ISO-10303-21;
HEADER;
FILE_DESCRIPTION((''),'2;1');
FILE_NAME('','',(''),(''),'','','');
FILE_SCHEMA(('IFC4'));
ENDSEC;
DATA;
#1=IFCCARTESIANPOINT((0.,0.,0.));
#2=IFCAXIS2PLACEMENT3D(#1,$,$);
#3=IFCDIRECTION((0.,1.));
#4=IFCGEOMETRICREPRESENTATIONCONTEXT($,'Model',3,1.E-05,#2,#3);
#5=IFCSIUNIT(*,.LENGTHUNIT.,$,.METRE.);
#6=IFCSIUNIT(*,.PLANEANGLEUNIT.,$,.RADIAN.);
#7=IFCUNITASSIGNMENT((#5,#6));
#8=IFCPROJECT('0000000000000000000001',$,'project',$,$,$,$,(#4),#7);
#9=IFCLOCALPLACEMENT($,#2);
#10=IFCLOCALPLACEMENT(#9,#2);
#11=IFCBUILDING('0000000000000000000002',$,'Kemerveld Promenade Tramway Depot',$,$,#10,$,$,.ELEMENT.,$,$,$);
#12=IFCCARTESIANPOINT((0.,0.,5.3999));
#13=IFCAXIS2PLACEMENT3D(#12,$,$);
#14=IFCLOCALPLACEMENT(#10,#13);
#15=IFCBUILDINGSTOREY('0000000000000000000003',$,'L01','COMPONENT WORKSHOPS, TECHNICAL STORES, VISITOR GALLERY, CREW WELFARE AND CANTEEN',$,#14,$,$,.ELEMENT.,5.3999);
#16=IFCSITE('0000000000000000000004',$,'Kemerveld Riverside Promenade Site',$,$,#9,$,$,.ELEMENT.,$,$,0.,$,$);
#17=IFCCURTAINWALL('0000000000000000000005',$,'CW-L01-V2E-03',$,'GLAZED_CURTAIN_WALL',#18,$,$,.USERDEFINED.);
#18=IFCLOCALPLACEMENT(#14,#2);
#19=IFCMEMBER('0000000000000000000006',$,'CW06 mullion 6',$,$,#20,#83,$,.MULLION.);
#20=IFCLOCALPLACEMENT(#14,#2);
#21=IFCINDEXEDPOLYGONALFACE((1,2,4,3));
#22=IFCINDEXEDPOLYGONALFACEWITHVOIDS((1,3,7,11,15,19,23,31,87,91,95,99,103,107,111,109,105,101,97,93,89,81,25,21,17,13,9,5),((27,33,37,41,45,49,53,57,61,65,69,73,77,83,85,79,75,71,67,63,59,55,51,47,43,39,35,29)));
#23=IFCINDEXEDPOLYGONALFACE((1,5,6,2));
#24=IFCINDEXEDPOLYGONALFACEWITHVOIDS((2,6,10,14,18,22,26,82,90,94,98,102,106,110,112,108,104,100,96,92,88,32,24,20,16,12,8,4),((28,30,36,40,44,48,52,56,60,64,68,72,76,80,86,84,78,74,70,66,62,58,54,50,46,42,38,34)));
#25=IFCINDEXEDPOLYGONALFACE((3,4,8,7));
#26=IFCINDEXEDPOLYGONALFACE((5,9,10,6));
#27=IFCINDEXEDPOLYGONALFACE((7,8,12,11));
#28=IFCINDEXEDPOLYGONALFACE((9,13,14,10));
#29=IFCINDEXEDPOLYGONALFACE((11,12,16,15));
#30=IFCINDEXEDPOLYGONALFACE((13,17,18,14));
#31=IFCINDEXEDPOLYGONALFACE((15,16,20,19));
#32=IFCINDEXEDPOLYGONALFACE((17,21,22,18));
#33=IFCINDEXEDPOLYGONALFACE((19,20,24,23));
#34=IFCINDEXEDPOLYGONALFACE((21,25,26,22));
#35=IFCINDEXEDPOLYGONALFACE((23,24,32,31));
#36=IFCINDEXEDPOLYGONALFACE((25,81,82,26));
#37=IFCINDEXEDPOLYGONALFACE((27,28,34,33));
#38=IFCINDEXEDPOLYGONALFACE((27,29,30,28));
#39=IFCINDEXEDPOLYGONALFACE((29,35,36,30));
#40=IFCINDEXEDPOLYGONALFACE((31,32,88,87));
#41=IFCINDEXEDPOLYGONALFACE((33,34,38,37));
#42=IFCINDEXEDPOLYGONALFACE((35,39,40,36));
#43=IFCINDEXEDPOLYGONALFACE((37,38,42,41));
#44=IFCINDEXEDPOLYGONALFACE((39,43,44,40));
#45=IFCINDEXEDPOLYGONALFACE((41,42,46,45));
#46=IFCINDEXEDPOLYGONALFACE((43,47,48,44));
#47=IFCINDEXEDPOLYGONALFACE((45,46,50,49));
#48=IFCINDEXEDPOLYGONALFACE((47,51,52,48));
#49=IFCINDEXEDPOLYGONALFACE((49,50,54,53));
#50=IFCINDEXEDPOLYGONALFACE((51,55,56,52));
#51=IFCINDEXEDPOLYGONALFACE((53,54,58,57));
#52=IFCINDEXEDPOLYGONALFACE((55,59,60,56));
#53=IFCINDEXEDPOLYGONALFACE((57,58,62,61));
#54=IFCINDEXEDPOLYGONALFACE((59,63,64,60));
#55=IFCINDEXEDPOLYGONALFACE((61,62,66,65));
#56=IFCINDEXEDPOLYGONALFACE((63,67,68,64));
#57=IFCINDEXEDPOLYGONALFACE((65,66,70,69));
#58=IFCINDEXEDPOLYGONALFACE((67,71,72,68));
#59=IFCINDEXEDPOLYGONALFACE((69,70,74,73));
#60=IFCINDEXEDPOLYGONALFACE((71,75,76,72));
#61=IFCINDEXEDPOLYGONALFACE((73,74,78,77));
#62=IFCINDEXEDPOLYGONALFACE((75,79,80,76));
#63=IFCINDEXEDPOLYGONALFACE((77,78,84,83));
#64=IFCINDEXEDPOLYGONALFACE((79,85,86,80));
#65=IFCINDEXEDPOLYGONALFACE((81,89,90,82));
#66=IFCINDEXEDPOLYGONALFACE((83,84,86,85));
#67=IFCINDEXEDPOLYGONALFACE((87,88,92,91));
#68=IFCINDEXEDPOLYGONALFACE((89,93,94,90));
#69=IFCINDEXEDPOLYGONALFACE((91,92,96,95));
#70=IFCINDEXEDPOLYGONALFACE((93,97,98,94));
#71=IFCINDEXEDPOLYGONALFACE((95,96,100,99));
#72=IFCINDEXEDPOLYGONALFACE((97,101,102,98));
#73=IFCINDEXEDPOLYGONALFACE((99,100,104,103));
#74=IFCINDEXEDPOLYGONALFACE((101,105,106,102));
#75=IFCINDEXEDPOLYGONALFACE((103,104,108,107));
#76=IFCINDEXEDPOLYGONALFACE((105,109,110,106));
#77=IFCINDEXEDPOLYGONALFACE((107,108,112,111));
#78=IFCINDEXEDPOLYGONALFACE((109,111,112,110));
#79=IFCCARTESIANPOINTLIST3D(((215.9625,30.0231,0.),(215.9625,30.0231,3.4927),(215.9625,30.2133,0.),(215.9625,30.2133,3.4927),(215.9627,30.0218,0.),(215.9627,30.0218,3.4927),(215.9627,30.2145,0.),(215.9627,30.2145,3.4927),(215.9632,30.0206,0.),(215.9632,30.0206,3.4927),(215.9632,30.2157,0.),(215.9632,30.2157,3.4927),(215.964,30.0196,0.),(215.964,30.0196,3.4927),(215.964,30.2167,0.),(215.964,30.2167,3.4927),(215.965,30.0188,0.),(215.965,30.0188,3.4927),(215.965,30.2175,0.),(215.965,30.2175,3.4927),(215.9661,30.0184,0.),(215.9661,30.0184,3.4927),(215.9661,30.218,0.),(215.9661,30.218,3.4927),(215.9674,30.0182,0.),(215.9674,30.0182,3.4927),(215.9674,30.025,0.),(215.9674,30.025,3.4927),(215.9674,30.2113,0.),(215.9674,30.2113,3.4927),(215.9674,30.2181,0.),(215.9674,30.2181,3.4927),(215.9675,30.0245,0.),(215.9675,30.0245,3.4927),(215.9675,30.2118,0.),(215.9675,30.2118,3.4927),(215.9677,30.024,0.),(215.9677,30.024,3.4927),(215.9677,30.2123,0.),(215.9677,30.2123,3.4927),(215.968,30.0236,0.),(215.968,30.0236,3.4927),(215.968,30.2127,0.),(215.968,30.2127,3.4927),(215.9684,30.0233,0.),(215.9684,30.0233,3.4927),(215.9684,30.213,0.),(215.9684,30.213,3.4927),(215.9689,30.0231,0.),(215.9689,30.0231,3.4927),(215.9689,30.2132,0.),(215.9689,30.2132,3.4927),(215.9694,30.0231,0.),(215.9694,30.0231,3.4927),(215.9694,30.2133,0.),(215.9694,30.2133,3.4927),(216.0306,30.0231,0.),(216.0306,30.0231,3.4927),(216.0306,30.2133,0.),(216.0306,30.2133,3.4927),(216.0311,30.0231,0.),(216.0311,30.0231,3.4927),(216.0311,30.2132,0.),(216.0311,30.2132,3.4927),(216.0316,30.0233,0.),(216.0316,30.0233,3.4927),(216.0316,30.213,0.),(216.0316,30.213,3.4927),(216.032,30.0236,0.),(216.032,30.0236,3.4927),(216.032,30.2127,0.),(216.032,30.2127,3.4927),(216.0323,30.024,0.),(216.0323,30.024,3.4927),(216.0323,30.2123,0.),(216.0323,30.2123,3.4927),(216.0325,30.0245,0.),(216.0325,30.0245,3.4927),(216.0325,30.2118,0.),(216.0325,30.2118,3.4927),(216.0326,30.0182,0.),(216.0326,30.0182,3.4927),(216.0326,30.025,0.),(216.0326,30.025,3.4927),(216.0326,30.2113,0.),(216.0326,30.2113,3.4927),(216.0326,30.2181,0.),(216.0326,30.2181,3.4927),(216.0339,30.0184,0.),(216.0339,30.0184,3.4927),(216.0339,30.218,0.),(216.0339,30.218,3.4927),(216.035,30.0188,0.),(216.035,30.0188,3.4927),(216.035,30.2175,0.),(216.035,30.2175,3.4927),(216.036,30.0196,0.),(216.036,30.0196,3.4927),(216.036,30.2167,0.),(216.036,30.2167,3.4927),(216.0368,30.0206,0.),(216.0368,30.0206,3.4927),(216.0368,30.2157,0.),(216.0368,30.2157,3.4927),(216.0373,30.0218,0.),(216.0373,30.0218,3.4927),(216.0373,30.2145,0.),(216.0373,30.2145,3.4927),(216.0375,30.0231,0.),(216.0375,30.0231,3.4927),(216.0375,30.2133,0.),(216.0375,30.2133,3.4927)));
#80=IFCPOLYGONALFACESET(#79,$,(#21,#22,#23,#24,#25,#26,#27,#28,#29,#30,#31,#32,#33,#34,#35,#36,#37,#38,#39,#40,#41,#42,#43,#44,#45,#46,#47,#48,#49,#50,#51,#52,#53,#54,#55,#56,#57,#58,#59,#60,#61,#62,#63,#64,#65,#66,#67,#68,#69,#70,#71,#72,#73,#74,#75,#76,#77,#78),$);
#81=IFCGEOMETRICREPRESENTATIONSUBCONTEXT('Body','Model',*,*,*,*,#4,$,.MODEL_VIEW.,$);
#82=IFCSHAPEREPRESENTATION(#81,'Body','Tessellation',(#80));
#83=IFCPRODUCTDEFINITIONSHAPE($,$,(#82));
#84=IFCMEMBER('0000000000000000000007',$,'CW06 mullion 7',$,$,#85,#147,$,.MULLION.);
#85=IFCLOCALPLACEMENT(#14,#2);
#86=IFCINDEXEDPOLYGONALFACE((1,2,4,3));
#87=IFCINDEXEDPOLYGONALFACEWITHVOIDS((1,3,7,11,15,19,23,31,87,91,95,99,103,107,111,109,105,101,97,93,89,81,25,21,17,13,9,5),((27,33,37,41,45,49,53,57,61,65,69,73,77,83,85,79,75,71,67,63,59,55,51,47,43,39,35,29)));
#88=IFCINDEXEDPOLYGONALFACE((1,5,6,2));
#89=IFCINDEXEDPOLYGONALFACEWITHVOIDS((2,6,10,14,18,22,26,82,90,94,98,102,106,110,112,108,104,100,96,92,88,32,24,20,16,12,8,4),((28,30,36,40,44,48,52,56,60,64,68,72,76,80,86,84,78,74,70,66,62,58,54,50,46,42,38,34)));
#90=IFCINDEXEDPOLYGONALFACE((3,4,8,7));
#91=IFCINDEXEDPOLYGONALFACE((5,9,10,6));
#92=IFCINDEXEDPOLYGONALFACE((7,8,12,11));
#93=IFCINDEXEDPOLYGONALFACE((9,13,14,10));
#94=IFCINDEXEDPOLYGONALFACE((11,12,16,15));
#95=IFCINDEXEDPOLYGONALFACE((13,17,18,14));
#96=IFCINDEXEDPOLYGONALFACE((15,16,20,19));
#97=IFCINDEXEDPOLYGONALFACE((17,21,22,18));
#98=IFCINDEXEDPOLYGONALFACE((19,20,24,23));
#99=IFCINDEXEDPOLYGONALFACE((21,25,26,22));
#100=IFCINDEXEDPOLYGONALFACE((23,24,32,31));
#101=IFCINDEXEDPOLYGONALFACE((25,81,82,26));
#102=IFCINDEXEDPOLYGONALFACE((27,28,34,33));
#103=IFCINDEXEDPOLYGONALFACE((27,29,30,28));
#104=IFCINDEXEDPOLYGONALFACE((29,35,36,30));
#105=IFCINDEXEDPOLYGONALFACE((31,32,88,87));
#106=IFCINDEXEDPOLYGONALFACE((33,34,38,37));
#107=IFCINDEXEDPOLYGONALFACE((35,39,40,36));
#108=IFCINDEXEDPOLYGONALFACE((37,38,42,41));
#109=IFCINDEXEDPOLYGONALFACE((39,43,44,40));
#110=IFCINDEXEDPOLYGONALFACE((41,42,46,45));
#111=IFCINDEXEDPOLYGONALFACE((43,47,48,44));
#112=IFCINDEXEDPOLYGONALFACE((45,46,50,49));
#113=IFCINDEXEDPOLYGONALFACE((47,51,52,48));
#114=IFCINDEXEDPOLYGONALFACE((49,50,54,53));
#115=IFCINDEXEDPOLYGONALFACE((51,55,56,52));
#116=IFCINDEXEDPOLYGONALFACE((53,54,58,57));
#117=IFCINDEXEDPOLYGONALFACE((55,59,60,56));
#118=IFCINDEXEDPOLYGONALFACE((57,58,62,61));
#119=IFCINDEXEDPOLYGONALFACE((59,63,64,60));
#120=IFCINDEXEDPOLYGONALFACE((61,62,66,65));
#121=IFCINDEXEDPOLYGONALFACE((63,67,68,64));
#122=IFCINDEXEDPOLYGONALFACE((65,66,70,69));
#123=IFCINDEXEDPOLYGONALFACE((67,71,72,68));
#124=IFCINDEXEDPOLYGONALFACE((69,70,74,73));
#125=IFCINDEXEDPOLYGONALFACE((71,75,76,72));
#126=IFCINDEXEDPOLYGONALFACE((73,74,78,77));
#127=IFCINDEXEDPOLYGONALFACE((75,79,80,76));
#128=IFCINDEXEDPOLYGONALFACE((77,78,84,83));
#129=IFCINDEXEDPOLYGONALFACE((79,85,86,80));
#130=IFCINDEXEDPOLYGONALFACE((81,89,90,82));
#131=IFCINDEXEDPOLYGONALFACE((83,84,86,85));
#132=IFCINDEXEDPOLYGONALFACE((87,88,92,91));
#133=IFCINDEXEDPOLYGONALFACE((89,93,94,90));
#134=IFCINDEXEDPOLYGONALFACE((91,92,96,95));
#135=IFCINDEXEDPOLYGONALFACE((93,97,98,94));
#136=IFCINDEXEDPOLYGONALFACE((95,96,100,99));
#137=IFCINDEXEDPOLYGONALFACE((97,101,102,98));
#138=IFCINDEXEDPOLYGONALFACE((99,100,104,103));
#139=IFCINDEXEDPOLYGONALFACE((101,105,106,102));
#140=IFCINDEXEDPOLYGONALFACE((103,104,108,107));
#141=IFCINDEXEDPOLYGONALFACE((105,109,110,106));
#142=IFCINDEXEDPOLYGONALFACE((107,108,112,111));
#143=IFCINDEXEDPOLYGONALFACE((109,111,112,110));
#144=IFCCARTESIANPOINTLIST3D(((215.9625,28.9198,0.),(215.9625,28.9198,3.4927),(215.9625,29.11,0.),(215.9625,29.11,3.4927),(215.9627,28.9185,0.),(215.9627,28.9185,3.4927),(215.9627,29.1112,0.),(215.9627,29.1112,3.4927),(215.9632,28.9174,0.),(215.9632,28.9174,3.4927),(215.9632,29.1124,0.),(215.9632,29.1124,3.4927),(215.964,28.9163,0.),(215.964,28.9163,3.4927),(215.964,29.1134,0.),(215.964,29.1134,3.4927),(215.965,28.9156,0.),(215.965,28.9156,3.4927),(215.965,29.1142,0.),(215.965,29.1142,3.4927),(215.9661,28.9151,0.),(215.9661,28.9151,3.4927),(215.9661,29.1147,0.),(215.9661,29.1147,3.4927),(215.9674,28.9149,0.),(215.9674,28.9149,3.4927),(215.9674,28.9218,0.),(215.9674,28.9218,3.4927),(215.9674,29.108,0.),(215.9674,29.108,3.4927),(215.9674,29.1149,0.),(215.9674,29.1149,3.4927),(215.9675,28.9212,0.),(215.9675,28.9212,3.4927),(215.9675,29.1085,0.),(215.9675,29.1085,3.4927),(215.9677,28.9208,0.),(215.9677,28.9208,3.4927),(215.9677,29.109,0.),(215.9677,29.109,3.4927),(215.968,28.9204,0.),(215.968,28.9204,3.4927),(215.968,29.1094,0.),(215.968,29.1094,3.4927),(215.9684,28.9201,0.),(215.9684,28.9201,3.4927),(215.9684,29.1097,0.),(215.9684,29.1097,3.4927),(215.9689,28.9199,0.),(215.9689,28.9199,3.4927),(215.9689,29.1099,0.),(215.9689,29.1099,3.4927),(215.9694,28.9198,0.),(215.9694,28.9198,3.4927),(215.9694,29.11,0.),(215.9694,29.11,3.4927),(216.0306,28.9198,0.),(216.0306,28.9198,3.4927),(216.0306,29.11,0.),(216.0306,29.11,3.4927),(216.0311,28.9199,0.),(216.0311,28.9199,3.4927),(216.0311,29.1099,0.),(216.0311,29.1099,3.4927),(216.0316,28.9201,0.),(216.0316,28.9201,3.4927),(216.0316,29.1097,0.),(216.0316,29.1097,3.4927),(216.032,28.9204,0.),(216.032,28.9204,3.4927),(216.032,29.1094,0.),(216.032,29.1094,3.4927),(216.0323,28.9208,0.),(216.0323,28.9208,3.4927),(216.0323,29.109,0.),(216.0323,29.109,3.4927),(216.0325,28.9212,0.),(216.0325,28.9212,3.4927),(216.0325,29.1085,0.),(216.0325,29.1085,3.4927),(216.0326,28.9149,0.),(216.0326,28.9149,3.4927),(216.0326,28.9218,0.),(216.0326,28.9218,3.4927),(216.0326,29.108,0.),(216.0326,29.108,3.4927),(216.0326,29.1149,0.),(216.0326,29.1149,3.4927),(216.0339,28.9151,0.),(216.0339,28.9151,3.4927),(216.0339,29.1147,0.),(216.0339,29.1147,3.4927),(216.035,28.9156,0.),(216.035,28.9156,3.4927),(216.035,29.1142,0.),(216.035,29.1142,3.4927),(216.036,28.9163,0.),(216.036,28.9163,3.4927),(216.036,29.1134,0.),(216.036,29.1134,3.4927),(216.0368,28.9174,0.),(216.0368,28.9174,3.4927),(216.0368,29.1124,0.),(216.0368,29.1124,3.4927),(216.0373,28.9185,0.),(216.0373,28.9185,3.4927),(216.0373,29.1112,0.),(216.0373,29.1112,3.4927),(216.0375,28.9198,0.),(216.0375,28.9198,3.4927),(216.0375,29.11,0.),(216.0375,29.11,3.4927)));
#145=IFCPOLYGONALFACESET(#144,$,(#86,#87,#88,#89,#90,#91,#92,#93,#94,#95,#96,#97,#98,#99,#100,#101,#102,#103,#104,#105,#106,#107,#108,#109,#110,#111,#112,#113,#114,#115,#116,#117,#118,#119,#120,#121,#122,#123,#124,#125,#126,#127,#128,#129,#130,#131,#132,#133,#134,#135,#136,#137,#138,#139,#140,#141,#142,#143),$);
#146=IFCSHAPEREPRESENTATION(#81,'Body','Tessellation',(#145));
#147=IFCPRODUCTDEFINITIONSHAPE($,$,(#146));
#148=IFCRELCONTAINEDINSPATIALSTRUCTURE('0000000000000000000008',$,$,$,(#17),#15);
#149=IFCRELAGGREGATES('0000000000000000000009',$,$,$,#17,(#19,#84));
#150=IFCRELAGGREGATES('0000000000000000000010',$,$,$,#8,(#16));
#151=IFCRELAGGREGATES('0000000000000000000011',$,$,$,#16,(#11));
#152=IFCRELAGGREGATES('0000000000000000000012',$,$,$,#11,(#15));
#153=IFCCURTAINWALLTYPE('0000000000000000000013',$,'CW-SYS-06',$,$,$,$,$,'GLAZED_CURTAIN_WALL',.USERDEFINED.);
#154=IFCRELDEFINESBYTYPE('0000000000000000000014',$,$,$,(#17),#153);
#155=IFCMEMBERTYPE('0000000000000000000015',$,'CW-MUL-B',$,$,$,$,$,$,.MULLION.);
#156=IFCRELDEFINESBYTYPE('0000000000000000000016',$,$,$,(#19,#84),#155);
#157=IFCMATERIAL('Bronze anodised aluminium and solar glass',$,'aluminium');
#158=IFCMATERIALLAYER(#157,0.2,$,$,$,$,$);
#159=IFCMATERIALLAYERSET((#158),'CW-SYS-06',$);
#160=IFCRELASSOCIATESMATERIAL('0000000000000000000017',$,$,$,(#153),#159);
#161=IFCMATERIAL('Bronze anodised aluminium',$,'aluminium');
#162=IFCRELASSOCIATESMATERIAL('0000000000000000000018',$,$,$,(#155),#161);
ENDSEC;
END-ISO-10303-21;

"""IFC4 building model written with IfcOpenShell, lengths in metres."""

from ifc_helpers import new_model, si_unit, direction, frame, origin, origin_2d, place, context, subcontext, project, spatial, hollow_rectangle, extrude, material, layer, layer_set, material_profile, profile_set, type_object, element, aggregate, save


model = new_model("IFC4")

# Units and contexts
model_context = context("Model", 3, precision=1e-05, world=origin(), true_north=direction((0.0, 1.0)))
body_context = subcontext(model_context, "Body", "Model", "MODEL_VIEW")
ifc_project = project(units=[si_unit("LENGTHUNIT", "METRE"), si_unit("PLANEANGLEUNIT", "RADIAN")], contexts=[model_context])

# Site, building, storey
site_placement = place(None, origin())
site = spatial("IfcSite", under=ifc_project, at=site_placement, Name="Kemerveld Riverside Promenade Site", CompositionType="ELEMENT", RefElevation=0.0)
building_placement = place(site_placement, origin())
building = spatial("IfcBuilding", under=site, at=building_placement, Name="Kemerveld Promenade Tramway Depot", CompositionType="ELEMENT")
storey_placement = place(building_placement, frame((0.0, 0.0, 5.3999)))
storey = spatial("IfcBuildingStorey", under=building, at=storey_placement, Name="L01", Description="COMPONENT WORKSHOPS, TECHNICAL STORES, VISITOR GALLERY, CREW WELFARE AND CANTEEN", CompositionType="ELEMENT", Elevation=5.3999)

# Curtain wall, members
ifc_material_1 = material(Name="Bronze anodised aluminium and solar glass", Category="aluminium")
ifc_layer_1 = layer(ifc_material_1, 0.2)
ifc_layer_set_1 = layer_set([ifc_layer_1], Name="CW-SYS-06")
curtain_wall_type_1 = type_object("IfcCurtainWallType", Name="CW-SYS-06", ElementType="GLAZED_CURTAIN_WALL", PredefinedType="USERDEFINED", material=ifc_layer_set_1)
curtain_wall_1_placement = place(storey_placement, origin())
curtain_wall_1 = element("IfcCurtainWall", 1, at=curtain_wall_1_placement, inside=storey, type_object=curtain_wall_type_1, Name="CW-L01-V2E-03", ObjectType="GLAZED_CURTAIN_WALL", PredefinedType="USERDEFINED")
ifc_material_2 = material(Name="Bronze anodised aluminium", Category="aluminium")
ifc_material_profile_1 = material_profile(ifc_material_2, hollow_rectangle(XDim=0.075, YDim=0.2, WallThickness=0.0049, InnerFilletRadius=0.002, OuterFilletRadius=0.0049, at=origin_2d()), Name="CW-MUL-200x75")
ifc_profile_set_1 = profile_set([ifc_material_profile_1], Name="Bronze anodised aluminium")
member_type_1 = type_object("IfcMemberType", Name="CW-MUL-B", PredefinedType="MULLION", material=ifc_profile_set_1)
member_1_placement = place(storey_placement, frame((216.0, 30.1182, 0.0), z_axis=(0.0, 0.0, 1.0), x_axis=(1.0, 0.0, 0.0)))
member_1 = element("IfcMember", 2, at=member_1_placement, type_object=member_type_1, Name="CW06 mullion 6", PredefinedType="MULLION", context=body_context, shape_type="SweptSolid", body=[
    extrude(hollow_rectangle(XDim=0.075, YDim=0.2, WallThickness=0.0049, InnerFilletRadius=0.002, OuterFilletRadius=0.0049, at=origin_2d()), origin(), (0.0, 0.0, 1.0), 3.4927),
])
member_2_placement = place(storey_placement, frame((216.0, 29.0149, 0.0), z_axis=(0.0, 0.0, 1.0), x_axis=(1.0, 0.0, 0.0)))
member_2 = element("IfcMember", 3, at=member_2_placement, type_object=member_type_1, Name="CW06 mullion 7", PredefinedType="MULLION", context=body_context, shape_type="SweptSolid", body=[
    extrude(hollow_rectangle(XDim=0.075, YDim=0.2, WallThickness=0.0049, InnerFilletRadius=0.002, OuterFilletRadius=0.0049, at=origin_2d()), origin(), (0.0, 0.0, 1.0), 3.4927),
])

aggregate(curtain_wall_1, [member_1, member_2])

save(model, "model.ifc")
